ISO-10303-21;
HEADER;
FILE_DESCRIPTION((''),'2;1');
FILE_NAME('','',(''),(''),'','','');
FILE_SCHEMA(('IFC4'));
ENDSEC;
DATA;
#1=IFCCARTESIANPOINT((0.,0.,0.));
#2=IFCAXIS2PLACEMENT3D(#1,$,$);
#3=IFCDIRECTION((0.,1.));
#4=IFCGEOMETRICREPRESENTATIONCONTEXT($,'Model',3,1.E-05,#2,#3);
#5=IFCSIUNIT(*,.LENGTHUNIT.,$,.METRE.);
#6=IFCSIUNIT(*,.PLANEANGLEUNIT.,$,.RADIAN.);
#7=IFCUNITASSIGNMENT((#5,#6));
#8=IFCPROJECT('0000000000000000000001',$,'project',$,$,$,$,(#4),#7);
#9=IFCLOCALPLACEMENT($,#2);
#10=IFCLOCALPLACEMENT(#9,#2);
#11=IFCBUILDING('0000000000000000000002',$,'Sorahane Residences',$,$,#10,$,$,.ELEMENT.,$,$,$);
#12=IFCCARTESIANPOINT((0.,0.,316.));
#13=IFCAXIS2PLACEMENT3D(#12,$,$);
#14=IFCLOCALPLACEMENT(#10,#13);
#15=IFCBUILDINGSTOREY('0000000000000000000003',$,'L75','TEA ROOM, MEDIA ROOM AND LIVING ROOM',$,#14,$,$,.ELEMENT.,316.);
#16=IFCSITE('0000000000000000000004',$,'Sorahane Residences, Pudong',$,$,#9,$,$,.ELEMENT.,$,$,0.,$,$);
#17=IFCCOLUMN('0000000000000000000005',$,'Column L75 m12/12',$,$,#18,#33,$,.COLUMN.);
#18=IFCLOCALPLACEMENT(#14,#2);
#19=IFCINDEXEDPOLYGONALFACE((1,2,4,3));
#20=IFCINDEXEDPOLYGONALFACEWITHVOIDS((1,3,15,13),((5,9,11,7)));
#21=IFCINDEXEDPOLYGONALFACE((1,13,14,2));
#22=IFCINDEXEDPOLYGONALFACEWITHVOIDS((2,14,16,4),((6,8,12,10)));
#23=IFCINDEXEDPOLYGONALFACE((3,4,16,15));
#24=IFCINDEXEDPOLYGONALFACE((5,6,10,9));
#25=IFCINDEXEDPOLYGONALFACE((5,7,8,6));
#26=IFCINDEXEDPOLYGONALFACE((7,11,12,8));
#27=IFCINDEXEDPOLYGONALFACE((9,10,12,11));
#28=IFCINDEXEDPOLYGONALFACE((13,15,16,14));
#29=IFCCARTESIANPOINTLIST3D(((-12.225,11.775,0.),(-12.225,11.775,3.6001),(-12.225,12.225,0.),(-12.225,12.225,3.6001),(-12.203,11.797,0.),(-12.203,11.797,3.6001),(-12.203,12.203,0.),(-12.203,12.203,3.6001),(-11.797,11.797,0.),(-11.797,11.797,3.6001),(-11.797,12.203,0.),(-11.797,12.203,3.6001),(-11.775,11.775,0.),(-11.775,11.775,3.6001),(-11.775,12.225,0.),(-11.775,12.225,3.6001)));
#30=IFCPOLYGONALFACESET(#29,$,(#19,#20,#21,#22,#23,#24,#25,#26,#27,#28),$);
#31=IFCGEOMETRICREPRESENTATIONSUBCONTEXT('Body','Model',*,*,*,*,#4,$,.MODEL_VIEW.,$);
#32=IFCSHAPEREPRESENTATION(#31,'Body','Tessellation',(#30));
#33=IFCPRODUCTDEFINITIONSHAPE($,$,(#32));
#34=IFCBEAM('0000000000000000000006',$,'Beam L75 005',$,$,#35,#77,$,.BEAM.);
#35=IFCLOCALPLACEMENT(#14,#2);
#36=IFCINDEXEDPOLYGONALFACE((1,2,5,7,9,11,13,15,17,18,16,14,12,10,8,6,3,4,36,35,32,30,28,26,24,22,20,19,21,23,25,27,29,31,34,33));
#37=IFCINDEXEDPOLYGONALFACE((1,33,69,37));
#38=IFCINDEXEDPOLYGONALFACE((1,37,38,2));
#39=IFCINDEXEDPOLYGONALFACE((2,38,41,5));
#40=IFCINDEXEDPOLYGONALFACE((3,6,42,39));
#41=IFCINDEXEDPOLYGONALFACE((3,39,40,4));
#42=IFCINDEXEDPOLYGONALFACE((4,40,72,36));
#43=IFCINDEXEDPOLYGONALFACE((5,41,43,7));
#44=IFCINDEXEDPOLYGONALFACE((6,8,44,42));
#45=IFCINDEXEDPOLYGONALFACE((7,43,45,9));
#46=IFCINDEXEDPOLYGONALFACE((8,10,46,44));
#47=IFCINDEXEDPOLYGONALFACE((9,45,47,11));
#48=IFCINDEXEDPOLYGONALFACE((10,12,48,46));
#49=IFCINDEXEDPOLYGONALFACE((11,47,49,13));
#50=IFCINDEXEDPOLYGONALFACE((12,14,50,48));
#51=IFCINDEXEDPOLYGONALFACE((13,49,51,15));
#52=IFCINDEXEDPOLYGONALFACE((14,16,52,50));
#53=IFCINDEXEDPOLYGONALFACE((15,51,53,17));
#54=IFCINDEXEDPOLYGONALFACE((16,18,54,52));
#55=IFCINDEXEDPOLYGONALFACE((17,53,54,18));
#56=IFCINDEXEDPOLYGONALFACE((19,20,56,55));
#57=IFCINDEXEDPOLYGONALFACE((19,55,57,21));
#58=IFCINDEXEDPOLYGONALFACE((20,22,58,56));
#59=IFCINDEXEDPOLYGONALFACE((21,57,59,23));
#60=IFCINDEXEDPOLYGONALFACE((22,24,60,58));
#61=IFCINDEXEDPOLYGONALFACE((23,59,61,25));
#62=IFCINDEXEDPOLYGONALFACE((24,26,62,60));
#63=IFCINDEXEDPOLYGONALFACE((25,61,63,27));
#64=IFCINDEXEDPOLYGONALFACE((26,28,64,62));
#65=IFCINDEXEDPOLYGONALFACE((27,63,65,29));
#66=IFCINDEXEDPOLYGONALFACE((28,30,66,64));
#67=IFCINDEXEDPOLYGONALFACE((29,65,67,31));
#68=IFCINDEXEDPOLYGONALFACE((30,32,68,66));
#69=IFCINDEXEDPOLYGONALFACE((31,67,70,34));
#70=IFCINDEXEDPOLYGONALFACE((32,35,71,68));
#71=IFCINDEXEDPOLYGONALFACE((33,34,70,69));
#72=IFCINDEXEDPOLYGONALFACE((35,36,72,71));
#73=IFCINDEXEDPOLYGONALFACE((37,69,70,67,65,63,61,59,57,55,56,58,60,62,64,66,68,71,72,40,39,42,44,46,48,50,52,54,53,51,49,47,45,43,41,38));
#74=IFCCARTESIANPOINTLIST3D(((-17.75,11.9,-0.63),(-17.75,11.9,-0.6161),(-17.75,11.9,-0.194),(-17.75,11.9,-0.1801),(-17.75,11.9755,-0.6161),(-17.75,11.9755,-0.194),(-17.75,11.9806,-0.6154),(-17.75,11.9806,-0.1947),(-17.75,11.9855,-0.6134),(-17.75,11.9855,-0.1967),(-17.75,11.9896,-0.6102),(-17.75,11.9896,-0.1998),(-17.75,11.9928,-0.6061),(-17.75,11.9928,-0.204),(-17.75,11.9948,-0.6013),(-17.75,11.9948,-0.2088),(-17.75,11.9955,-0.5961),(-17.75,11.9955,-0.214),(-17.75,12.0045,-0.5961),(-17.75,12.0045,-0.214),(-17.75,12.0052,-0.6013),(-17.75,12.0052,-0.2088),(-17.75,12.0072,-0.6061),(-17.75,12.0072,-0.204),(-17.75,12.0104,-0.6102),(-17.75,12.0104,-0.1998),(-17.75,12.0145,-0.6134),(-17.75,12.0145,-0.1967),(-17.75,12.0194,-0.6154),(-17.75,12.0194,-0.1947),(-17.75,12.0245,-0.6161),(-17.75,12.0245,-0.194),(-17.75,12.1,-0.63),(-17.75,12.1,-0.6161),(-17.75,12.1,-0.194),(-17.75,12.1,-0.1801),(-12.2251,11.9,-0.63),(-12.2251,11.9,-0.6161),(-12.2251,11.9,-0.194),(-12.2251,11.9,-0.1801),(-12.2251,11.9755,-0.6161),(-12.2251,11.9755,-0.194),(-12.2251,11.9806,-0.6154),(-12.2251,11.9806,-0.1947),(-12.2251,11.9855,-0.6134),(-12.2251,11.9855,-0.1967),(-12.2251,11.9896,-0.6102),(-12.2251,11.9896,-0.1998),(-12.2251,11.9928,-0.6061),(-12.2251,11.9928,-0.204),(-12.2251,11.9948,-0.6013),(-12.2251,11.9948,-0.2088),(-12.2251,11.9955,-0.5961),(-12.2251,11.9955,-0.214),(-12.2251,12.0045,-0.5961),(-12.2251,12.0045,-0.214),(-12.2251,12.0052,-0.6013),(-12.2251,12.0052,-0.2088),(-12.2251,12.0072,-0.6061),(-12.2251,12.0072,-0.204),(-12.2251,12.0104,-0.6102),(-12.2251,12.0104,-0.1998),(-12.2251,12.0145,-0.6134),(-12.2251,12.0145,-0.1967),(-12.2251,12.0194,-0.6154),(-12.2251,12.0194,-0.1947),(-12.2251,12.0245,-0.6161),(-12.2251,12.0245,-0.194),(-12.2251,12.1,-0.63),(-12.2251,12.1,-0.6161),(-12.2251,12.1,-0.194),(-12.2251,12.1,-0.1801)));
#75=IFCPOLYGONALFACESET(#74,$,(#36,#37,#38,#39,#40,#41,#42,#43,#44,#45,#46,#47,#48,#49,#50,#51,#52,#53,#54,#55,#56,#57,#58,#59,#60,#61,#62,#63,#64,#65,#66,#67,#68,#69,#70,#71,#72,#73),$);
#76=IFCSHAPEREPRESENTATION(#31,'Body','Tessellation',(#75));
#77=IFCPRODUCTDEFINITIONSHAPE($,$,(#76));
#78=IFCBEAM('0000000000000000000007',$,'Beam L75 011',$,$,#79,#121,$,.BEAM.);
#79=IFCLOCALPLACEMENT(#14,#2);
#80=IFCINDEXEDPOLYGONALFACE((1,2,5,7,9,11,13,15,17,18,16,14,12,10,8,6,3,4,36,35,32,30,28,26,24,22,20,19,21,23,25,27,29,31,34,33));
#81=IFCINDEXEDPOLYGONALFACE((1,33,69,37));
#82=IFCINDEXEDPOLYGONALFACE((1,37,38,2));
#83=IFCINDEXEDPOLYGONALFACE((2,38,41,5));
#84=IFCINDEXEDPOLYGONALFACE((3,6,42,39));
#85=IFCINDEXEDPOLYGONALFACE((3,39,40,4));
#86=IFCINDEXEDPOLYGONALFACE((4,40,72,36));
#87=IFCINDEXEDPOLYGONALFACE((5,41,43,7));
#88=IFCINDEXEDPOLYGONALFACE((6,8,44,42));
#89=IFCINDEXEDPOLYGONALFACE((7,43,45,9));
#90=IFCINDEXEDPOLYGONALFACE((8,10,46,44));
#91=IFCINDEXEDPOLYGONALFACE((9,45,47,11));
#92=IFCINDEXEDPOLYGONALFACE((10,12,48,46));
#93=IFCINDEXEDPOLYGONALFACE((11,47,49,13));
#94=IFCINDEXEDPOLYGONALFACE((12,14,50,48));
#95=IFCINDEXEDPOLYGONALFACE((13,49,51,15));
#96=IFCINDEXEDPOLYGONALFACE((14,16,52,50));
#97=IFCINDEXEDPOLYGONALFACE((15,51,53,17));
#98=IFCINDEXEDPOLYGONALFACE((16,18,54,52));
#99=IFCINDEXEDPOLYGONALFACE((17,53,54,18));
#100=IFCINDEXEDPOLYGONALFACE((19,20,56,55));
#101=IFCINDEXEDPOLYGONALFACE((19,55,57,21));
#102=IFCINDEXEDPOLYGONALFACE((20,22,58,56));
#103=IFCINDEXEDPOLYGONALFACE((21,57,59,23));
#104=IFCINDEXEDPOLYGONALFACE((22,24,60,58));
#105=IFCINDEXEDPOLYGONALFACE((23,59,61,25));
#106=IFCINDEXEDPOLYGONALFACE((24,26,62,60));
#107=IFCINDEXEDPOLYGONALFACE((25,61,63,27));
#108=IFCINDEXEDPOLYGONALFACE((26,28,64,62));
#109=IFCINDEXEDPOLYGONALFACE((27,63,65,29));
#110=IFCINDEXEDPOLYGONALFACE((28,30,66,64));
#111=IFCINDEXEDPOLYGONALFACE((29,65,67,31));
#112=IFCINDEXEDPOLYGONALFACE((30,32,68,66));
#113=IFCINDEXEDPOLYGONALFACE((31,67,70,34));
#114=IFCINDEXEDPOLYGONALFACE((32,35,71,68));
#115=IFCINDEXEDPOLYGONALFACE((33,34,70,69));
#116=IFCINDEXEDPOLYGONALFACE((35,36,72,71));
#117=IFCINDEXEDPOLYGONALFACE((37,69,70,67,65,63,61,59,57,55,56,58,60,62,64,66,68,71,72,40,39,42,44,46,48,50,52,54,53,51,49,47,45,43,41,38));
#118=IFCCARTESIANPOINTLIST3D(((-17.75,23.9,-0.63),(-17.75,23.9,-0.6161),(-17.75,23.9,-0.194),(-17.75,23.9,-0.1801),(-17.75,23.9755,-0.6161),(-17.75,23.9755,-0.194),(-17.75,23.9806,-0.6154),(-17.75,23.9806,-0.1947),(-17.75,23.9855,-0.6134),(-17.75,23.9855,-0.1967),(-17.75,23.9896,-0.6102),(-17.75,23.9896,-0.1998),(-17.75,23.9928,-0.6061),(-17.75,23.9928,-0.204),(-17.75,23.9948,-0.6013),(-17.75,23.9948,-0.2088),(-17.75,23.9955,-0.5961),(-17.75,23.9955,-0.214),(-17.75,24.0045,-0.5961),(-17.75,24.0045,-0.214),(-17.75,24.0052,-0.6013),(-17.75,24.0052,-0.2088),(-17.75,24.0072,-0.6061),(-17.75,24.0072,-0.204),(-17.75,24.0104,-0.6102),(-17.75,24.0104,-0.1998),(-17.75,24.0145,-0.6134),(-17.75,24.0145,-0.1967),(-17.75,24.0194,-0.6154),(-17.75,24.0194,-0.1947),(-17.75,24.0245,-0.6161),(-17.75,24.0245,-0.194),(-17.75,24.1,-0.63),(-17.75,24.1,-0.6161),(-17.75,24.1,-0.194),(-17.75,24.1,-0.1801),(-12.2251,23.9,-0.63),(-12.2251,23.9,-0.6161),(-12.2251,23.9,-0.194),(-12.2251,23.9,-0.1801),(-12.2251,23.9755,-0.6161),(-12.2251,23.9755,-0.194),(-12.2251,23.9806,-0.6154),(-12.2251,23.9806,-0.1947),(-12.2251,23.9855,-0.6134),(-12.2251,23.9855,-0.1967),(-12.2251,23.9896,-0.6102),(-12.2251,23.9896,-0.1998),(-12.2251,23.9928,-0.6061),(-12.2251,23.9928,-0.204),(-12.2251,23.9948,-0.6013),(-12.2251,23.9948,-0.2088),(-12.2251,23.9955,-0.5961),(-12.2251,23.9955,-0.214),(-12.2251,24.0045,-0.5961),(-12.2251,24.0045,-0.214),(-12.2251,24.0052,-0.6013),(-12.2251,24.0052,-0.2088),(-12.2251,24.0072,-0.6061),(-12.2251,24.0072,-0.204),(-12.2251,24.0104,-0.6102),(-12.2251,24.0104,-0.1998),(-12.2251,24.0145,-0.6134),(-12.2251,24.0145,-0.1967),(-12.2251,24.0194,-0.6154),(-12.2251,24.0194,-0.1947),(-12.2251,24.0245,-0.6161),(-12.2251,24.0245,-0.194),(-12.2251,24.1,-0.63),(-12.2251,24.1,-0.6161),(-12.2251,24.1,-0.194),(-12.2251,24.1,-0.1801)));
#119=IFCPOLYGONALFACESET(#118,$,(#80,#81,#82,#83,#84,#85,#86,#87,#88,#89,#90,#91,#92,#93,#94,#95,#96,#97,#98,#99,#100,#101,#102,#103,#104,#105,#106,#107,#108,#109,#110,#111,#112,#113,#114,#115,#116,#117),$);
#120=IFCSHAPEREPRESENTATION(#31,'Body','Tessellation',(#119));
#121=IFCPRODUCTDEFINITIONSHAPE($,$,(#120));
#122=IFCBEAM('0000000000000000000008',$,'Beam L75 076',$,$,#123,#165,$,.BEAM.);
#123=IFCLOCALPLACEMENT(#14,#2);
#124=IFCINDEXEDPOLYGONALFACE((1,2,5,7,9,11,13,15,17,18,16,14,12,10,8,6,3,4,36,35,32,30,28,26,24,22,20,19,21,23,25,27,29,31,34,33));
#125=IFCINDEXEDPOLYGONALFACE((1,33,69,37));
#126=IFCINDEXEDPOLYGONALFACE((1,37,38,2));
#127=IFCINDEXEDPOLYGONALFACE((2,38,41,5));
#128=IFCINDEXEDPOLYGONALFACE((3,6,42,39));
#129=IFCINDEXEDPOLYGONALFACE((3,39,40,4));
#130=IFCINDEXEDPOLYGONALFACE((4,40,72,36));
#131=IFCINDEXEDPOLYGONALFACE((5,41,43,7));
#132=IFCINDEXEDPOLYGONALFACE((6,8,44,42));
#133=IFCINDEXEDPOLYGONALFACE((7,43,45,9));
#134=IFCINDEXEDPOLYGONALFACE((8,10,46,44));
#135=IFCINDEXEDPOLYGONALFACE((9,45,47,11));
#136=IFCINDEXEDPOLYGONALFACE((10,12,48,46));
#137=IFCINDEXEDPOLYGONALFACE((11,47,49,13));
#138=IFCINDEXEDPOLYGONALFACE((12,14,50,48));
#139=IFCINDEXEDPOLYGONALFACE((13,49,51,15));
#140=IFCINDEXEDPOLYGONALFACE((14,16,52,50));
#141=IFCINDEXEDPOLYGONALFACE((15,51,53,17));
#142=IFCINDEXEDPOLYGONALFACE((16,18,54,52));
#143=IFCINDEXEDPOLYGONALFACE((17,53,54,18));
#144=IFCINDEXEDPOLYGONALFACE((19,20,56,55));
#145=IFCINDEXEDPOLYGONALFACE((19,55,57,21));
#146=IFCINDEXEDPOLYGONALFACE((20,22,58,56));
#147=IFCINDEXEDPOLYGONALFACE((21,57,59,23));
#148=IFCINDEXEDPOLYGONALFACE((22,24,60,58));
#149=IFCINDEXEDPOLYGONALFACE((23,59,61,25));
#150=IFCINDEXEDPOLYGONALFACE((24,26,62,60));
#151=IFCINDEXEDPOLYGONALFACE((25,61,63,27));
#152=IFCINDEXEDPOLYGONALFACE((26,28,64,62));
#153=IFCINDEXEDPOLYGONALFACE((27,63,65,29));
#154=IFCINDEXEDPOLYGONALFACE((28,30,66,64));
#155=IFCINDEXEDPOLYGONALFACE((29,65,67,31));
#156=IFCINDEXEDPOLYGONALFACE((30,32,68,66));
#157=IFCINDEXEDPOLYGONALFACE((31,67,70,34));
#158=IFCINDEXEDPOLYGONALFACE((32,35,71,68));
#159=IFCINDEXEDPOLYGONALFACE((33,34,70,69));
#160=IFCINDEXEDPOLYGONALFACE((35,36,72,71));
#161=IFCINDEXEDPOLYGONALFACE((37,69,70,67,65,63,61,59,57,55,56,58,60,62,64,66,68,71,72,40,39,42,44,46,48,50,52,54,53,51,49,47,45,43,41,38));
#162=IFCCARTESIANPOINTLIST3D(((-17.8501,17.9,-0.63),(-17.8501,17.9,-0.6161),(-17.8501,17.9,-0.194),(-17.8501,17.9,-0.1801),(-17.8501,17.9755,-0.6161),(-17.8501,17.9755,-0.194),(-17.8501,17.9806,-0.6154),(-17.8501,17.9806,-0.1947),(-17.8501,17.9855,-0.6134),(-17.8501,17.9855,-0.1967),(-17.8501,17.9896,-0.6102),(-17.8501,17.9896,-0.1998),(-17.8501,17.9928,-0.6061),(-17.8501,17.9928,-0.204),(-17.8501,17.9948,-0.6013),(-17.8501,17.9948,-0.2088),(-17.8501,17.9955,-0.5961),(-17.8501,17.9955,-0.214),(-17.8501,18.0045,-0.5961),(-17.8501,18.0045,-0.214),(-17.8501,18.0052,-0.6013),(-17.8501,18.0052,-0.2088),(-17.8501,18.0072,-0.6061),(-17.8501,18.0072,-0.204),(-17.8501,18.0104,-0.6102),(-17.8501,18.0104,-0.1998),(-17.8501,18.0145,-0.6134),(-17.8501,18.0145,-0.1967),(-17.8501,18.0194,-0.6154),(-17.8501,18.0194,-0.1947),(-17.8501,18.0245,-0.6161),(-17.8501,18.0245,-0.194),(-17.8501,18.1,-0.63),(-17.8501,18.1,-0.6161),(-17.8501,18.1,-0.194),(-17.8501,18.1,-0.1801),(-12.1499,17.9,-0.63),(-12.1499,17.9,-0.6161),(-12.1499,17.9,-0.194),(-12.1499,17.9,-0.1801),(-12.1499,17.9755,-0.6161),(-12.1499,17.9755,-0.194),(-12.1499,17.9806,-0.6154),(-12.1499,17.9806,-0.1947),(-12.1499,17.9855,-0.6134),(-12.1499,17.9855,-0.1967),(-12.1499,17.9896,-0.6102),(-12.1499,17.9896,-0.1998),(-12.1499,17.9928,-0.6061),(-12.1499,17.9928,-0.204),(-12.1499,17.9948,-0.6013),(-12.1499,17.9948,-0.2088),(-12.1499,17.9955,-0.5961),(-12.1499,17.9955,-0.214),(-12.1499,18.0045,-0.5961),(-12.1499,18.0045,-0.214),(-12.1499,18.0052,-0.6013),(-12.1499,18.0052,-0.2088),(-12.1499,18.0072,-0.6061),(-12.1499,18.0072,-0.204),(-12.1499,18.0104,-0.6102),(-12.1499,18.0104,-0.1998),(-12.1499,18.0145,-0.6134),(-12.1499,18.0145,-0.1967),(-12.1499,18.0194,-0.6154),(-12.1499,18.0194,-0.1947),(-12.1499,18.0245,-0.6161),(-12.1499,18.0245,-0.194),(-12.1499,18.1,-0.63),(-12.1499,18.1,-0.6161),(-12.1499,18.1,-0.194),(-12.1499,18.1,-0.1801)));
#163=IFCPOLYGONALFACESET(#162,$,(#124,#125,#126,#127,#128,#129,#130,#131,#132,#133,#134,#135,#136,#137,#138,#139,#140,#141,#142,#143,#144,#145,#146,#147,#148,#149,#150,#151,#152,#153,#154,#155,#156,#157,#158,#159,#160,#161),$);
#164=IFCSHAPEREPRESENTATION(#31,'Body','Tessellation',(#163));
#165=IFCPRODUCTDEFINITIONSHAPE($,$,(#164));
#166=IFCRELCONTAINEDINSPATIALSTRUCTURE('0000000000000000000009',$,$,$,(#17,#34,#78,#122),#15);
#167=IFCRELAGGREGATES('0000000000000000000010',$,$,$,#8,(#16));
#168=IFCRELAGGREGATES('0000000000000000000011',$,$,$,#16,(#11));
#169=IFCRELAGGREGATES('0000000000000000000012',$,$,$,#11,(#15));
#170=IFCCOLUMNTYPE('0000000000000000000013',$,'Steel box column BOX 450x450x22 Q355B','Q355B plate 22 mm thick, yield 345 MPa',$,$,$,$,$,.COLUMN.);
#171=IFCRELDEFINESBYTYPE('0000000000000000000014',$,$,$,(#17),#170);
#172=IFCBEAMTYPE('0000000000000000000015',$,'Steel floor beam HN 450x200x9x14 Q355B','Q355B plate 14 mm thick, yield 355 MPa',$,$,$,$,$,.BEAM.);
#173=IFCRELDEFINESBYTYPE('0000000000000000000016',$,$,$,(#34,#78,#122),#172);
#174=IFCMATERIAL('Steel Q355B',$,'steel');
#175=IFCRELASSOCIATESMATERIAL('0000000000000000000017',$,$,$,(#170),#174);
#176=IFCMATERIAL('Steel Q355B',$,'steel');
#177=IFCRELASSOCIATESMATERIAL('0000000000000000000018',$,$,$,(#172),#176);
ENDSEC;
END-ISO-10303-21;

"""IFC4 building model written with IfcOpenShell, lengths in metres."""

from ifc_helpers import new_model, si_unit, direction, frame, origin, origin_2d, place, context, subcontext, project, spatial, hollow_rectangle, i_section, extrude, material, material_profile, profile_set, type_object, element, save


model = new_model("IFC4")

# Units and contexts
model_context = context("Model", 3, precision=1e-05, world=origin(), true_north=direction((0.0, 1.0)))
body_context = subcontext(model_context, "Body", "Model", "MODEL_VIEW")
ifc_project = project(units=[si_unit("LENGTHUNIT", "METRE"), si_unit("PLANEANGLEUNIT", "RADIAN")], contexts=[model_context])

# Site, building, storey
site_placement = place(None, origin())
site = spatial("IfcSite", under=ifc_project, at=site_placement, Name="Sorahane Residences, Pudong", CompositionType="ELEMENT", RefElevation=0.0)
building_placement = place(site_placement, origin())
building = spatial("IfcBuilding", under=site, at=building_placement, Name="Sorahane Residences", CompositionType="ELEMENT")
storey_placement = place(building_placement, frame((0.0, 0.0, 316.0)))
storey = spatial("IfcBuildingStorey", under=building, at=storey_placement, Name="L75", Description="TEA ROOM, MEDIA ROOM AND LIVING ROOM", CompositionType="ELEMENT", Elevation=316.0)

# Column
ifc_material_1 = material(Name="Steel Q355B", Category="steel")
ifc_material_profile_1 = material_profile(ifc_material_1, hollow_rectangle(XDim=0.45, YDim=0.45, WallThickness=0.022, at=origin_2d()), Name="BOX 450x450x22")
ifc_profile_set_1 = profile_set([ifc_material_profile_1], Name="Steel Q355B")
column_type = type_object("IfcColumnType", Name="Steel box column BOX 450x450x22 Q355B", Description="Q355B plate 22 mm thick, yield 345 MPa", PredefinedType="COLUMN", material=ifc_profile_set_1)
column_placement = place(storey_placement, frame((-12.0, 12.0, 0.0), z_axis=(0.0, 0.0, 1.0), x_axis=(1.0, 0.0, 0.0)))
element("IfcColumn", 1, at=column_placement, inside=storey, type_object=column_type, Name="Column L75 m12/12", PredefinedType="COLUMN", context=body_context, shape_type="SweptSolid", body=[
    extrude(hollow_rectangle(XDim=0.45, YDim=0.45, WallThickness=0.022, at=origin_2d()), origin(), (0.0, 0.0, 1.0), 3.6001),
])

# Beams
ifc_material_2 = material(Name="Steel Q355B", Category="steel")
ifc_material_profile_2 = material_profile(ifc_material_2, i_section(OverallWidth=0.2, OverallDepth=0.45, WebThickness=0.009, FlangeThickness=0.0139, FilletRadius=0.02, at=origin_2d()), Name="HN 450x200x9x14")
ifc_profile_set_2 = profile_set([ifc_material_profile_2], Name="Steel Q355B")
beam_type_1 = type_object("IfcBeamType", Name="Steel floor beam HN 450x200x9x14 Q355B", Description="Q355B plate 14 mm thick, yield 355 MPa", PredefinedType="BEAM", material=ifc_profile_set_2)
for number, where, z_axis, x_axis, name in (
    (2, (-17.75, 12.0, -0.405), (1.0, 0.0, 0.0), (0.0, 1.0, 0.0), "Beam L75 005"),
    (3, (-17.75, 24.0, -0.405), (1.0, 0.0, 0.0), (0.0, 1.0, 0.0), "Beam L75 011"),
):
    element("IfcBeam", number, at=place(storey_placement, frame(where, z_axis=z_axis, x_axis=x_axis)), inside=storey, type_object=beam_type_1, Name=name, PredefinedType="BEAM", context=body_context, shape_type="SweptSolid", body=[
        extrude(i_section(OverallWidth=0.2, OverallDepth=0.45, WebThickness=0.009, FlangeThickness=0.0139, FilletRadius=0.02, at=origin_2d()), origin(), (0.0, 0.0, 1.0), 5.5249),
    ])
beam_1_placement = place(storey_placement, frame((-17.8501, 18.0, -0.405), z_axis=(1.0, 0.0, 0.0), x_axis=(0.0, 1.0, 0.0)))
element("IfcBeam", 4, at=beam_1_placement, inside=storey, type_object=beam_type_1, Name="Beam L75 076", PredefinedType="BEAM", context=body_context, shape_type="SweptSolid", body=[
    extrude(i_section(OverallWidth=0.2, OverallDepth=0.45, WebThickness=0.009, FlangeThickness=0.0139, FilletRadius=0.02, at=origin_2d()), origin(), (0.0, 0.0, 1.0), 5.7002),
])

save(model, "model.ifc")
